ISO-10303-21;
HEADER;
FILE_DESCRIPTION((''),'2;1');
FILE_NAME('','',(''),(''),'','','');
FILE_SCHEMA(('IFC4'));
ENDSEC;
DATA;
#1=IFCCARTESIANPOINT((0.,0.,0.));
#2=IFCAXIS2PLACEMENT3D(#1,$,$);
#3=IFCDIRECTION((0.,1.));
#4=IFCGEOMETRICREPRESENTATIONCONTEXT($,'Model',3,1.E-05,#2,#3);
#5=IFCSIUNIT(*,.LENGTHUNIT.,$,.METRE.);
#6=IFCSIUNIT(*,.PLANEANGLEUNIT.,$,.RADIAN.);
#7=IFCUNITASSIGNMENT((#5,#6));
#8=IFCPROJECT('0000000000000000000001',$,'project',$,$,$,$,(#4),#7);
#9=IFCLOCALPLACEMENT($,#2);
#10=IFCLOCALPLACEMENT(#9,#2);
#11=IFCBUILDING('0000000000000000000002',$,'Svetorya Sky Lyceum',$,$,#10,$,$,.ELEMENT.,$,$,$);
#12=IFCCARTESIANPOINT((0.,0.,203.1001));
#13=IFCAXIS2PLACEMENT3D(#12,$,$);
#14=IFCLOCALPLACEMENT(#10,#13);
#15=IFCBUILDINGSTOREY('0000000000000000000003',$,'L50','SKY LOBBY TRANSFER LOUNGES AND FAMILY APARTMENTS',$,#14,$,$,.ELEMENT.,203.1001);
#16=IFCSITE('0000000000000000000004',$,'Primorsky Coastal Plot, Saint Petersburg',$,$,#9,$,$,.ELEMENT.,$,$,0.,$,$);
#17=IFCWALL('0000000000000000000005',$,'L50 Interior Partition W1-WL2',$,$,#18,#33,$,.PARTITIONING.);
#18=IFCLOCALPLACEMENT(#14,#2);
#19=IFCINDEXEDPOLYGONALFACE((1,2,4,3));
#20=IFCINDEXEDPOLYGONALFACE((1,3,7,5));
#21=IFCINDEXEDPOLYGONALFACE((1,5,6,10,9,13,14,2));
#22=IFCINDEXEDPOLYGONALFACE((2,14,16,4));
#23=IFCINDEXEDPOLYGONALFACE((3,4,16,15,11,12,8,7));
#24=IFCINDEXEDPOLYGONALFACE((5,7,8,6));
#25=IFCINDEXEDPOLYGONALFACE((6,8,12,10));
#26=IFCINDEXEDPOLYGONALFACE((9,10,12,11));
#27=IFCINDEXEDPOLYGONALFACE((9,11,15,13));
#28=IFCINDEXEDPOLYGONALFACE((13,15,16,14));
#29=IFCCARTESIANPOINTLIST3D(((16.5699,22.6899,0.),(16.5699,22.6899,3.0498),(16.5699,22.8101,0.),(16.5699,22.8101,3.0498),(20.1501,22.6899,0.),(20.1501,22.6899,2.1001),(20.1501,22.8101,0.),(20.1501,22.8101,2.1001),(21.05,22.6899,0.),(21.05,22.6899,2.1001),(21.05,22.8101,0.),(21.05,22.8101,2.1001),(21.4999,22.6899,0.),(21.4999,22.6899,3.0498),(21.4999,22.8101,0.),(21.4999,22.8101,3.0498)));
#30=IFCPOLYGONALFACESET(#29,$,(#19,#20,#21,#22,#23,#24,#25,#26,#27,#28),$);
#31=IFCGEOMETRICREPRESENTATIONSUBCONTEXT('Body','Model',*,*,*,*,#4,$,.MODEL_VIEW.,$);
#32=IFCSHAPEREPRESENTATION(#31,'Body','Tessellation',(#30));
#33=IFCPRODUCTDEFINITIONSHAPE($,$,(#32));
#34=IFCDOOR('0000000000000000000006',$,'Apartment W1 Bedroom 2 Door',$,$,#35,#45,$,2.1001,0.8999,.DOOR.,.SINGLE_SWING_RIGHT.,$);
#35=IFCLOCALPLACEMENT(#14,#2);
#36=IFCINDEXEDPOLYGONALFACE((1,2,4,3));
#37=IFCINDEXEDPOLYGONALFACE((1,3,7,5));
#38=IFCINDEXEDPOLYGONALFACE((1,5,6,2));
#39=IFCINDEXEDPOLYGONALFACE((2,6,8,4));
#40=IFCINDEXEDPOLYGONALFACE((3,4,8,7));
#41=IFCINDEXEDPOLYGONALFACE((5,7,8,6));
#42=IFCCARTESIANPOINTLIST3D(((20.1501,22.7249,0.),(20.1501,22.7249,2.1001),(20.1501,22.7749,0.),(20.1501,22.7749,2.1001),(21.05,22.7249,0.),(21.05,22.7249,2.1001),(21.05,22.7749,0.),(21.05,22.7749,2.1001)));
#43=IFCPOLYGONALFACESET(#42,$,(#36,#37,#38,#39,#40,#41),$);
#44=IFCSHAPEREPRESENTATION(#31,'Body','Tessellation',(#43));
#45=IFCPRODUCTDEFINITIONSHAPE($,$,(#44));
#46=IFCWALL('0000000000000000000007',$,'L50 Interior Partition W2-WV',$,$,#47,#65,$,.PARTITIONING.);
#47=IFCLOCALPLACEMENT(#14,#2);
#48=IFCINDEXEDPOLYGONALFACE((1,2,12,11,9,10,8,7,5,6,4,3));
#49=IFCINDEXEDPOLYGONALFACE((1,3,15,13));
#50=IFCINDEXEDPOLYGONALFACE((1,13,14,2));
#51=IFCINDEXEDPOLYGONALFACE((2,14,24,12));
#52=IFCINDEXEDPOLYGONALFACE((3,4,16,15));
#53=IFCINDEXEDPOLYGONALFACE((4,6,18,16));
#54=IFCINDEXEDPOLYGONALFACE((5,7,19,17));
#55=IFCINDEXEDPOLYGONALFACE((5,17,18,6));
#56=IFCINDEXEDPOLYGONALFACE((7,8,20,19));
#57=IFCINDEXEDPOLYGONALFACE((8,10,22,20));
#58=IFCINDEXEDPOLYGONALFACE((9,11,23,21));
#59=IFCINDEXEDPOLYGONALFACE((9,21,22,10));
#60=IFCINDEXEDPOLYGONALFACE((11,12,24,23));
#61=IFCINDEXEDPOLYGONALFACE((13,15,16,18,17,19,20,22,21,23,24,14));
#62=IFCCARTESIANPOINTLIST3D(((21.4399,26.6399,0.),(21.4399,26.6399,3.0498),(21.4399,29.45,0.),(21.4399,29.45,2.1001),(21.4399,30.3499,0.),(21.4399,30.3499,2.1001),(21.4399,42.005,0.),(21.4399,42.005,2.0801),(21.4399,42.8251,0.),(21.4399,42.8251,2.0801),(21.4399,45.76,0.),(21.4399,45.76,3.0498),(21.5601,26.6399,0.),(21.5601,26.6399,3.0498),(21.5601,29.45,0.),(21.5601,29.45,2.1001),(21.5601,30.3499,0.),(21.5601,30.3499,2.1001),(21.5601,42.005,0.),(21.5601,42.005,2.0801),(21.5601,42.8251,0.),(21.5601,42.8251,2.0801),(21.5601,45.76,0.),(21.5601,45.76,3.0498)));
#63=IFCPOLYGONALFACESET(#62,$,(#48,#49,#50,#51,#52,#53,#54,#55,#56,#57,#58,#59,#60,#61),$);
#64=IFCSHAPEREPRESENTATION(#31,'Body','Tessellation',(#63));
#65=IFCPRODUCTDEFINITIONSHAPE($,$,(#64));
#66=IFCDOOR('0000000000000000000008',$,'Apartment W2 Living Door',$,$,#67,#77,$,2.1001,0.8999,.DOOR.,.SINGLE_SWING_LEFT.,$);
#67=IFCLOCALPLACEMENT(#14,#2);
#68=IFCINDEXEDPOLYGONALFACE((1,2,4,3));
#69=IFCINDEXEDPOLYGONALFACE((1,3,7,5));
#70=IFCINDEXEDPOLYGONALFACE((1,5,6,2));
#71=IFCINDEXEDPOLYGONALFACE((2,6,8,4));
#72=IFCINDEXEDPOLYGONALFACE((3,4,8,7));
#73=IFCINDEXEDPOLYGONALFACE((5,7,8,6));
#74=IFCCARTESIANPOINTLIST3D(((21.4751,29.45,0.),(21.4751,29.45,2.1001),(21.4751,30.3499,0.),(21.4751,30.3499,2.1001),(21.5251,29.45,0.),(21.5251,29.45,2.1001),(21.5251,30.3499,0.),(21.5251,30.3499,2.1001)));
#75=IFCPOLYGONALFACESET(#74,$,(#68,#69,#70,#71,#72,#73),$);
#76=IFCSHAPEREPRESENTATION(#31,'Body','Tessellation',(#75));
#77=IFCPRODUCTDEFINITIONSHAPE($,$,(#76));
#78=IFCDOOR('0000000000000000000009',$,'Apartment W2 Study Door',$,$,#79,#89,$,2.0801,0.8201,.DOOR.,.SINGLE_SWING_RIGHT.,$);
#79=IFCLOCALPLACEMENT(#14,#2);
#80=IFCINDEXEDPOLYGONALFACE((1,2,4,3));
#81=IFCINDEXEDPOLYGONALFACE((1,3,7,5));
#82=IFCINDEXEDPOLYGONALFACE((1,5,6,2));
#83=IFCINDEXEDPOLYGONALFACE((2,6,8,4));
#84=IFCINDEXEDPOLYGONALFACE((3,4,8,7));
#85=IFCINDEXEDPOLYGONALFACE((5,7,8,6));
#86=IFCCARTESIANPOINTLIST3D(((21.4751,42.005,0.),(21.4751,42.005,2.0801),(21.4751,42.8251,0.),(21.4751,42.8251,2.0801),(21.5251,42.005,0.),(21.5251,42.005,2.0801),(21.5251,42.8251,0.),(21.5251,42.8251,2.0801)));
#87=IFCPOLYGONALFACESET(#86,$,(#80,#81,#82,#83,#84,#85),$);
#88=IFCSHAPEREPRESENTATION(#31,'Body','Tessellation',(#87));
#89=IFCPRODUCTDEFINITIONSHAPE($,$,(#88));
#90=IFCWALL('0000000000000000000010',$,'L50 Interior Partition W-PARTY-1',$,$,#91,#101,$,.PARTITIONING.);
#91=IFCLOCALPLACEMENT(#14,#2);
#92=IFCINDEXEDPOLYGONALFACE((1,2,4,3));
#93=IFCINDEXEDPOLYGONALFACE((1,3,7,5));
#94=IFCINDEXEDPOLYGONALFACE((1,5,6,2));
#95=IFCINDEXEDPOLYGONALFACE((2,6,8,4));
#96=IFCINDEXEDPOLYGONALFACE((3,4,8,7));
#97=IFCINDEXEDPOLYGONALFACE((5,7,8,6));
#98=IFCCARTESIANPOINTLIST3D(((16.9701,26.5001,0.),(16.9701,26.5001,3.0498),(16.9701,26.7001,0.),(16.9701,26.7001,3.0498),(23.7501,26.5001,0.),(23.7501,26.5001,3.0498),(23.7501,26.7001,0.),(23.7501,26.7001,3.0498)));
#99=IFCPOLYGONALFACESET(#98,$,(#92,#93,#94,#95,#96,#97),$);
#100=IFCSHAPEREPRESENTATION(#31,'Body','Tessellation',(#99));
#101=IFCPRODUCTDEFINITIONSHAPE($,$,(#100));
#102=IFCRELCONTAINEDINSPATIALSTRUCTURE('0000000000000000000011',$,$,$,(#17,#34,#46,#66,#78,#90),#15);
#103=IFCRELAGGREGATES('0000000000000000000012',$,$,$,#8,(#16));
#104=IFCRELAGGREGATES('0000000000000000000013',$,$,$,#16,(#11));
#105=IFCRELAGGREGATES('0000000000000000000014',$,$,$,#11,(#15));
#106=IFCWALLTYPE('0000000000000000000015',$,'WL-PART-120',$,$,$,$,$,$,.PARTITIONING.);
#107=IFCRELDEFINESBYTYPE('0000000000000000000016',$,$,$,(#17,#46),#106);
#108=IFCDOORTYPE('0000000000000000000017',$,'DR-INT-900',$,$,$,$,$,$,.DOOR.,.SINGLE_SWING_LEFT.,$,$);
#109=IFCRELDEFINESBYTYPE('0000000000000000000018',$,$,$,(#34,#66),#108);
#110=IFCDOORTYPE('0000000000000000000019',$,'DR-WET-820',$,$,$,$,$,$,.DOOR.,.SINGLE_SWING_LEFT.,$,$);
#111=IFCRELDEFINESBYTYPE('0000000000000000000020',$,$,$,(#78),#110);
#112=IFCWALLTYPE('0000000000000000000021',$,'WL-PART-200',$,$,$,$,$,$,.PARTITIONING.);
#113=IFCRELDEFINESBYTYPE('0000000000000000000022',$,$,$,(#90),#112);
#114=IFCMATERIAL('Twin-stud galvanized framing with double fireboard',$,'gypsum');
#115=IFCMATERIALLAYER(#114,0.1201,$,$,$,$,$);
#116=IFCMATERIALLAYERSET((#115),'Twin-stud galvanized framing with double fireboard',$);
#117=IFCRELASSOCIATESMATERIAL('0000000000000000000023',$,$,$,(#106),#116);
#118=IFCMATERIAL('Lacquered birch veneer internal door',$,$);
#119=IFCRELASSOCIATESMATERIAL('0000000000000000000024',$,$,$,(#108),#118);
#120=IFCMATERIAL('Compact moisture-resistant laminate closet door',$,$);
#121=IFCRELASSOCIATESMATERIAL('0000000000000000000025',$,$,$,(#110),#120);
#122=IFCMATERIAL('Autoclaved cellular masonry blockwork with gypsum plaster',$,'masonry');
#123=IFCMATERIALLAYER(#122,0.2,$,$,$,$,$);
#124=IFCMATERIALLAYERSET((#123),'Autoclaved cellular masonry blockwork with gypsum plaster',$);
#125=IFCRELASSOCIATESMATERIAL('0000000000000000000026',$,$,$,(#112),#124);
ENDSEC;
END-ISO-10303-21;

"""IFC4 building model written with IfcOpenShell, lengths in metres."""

from ifc_helpers import new_model, si_unit, direction, frame, frame_2d, origin, place, context, subcontext, project, spatial, rectangle, extrude, material, layer, layer_set, type_object, element, fill, save


model = new_model("IFC4")

# Units and contexts
model_context = context("Model", 3, precision=1e-05, world=origin(), true_north=direction((0.0, 1.0)))
body_context = subcontext(model_context, "Body", "Model", "MODEL_VIEW")
ifc_project = project(units=[si_unit("LENGTHUNIT", "METRE"), si_unit("PLANEANGLEUNIT", "RADIAN")], contexts=[model_context])

# Site, building, storey
site_placement = place(None, origin())
site = spatial("IfcSite", under=ifc_project, at=site_placement, Name="Primorsky Coastal Plot, Saint Petersburg", CompositionType="ELEMENT", RefElevation=0.0)
building_placement = place(site_placement, origin())
building = spatial("IfcBuilding", under=site, at=building_placement, Name="Svetorya Sky Lyceum", CompositionType="ELEMENT")
storey_placement = place(building_placement, frame((0.0, 0.0, 203.1001)))
storey = spatial("IfcBuildingStorey", under=building, at=storey_placement, Name="L50", Description="SKY LOBBY TRANSFER LOUNGES AND FAMILY APARTMENTS", CompositionType="ELEMENT", Elevation=203.1001)

# Wall, opening, door
ifc_material_1 = material(Name="Twin-stud galvanized framing with double fireboard", Category="gypsum")
ifc_layer_1 = layer(ifc_material_1, 0.1201)
ifc_layer_set_1 = layer_set([ifc_layer_1], Name="Twin-stud galvanized framing with double fireboard")
wall_type_1 = type_object("IfcWallType", Name="WL-PART-120", PredefinedType="PARTITIONING", material=ifc_layer_set_1)
wall_1_placement = place(storey_placement, frame((16.5701, 22.75, 0.0), z_axis=(0.0, 0.0, 1.0), x_axis=(1.0, 0.0, 0.0)))
wall_1 = element("IfcWall", 1, at=wall_1_placement, inside=storey, type_object=wall_type_1, Name="L50 Interior Partition W1-WL2", PredefinedType="PARTITIONING", context=body_context, shape_type="SweptSolid", body=[
    extrude(rectangle(XDim=4.9299, YDim=0.1201, at=frame_2d((2.4648, 0.0))), origin(), (0.0, 0.0, 1.0), 3.0498),
])
opening_1_placement = place(wall_1_placement, frame((3.5801, 0.0, 0.0)))
opening_1 = element("IfcOpeningElement", 2, at=opening_1_placement, cuts=wall_1, PredefinedType="OPENING", context=body_context, shape_type="SweptSolid", body=[
    extrude(rectangle(XDim=0.8999, YDim=2.1001, at=frame_2d((0.45, 1.05))), frame((0.0, 0.0701, 0.0), z_axis=(0.0, -1.0, 0.0), x_axis=(1.0, 0.0, 0.0)), (0.0, 0.0, 1.0), 0.1401),
])
ifc_material_2 = material(Name="Lacquered birch veneer internal door")
door_type_1 = type_object("IfcDoorType", Name="DR-INT-900", OperationType="SINGLE_SWING_LEFT", PredefinedType="DOOR", material=ifc_material_2)
door_1_placement = place(opening_1_placement, origin())
door_1 = element("IfcDoor", 3, at=door_1_placement, inside=storey, type_object=door_type_1, Name="Apartment W1 Bedroom 2 Door", OperationType="SINGLE_SWING_RIGHT", OverallHeight=2.1001, OverallWidth=0.8999, PredefinedType="DOOR", context=body_context, shape_type="SweptSolid", body=[
    extrude(rectangle(XDim=0.8999, YDim=2.1001, at=frame_2d((0.45, 1.05))), frame((0.0, 0.0249, 0.0), z_axis=(0.0, -1.0, 0.0), x_axis=(1.0, 0.0, 0.0)), (0.0, 0.0, 1.0), 0.05),
])
fill(opening_1, door_1)

# Wall, openings, doors
wall_2_placement = place(storey_placement, frame((21.5, 26.6399, 0.0), z_axis=(0.0, 0.0, 1.0), x_axis=(0.0, 1.0, 0.0)))
wall_2 = element("IfcWall", 4, at=wall_2_placement, inside=storey, type_object=wall_type_1, Name="L50 Interior Partition W2-WV", PredefinedType="PARTITIONING", context=body_context, shape_type="SweptSolid", body=[
    extrude(rectangle(XDim=19.1201, YDim=0.1201, at=frame_2d((9.5601, 0.0))), origin(), (0.0, 0.0, 1.0), 3.0498),
])
opening_2_placement = place(wall_2_placement, frame((2.8101, 0.0, 0.0)))
opening_2 = element("IfcOpeningElement", 5, at=opening_2_placement, cuts=wall_2, PredefinedType="OPENING", context=body_context, shape_type="SweptSolid", body=[
    extrude(rectangle(XDim=0.8999, YDim=2.1001, at=frame_2d((0.45, 1.05))), frame((0.0, 0.0701, 0.0), z_axis=(0.0, -1.0, 0.0), x_axis=(1.0, 0.0, 0.0)), (0.0, 0.0, 1.0), 0.1401),
])
opening_3_placement = place(wall_2_placement, frame((15.365, 0.0, 0.0)))
opening_3 = element("IfcOpeningElement", 6, at=opening_3_placement, cuts=wall_2, PredefinedType="OPENING", context=body_context, shape_type="SweptSolid", body=[
    extrude(rectangle(XDim=0.8201, YDim=2.0801, at=frame_2d((0.4102, 1.04))), frame((0.0, 0.0701, 0.0), z_axis=(0.0, -1.0, 0.0), x_axis=(1.0, 0.0, 0.0)), (0.0, 0.0, 1.0), 0.1401),
])
door_2_placement = place(opening_2_placement, origin())
door_2 = element("IfcDoor", 7, at=door_2_placement, inside=storey, type_object=door_type_1, Name="Apartment W2 Living Door", OperationType="SINGLE_SWING_LEFT", OverallHeight=2.1001, OverallWidth=0.8999, PredefinedType="DOOR", context=body_context, shape_type="SweptSolid", body=[
    extrude(rectangle(XDim=0.8999, YDim=2.1001, at=frame_2d((0.45, 1.05))), frame((0.0, 0.0249, 0.0), z_axis=(0.0, -1.0, 0.0), x_axis=(1.0, 0.0, 0.0)), (0.0, 0.0, 1.0), 0.05),
])
fill(opening_2, door_2)
ifc_material_3 = material(Name="Compact moisture-resistant laminate closet door")
door_type_2 = type_object("IfcDoorType", Name="DR-WET-820", OperationType="SINGLE_SWING_LEFT", PredefinedType="DOOR", material=ifc_material_3)
door_3_placement = place(opening_3_placement, origin())
door_3 = element("IfcDoor", 8, at=door_3_placement, inside=storey, type_object=door_type_2, Name="Apartment W2 Study Door", OperationType="SINGLE_SWING_RIGHT", OverallHeight=2.0801, OverallWidth=0.8201, PredefinedType="DOOR", context=body_context, shape_type="SweptSolid", body=[
    extrude(rectangle(XDim=0.8201, YDim=2.0801, at=frame_2d((0.4102, 1.04))), frame((0.0, 0.0249, 0.0), z_axis=(0.0, -1.0, 0.0), x_axis=(1.0, 0.0, 0.0)), (0.0, 0.0, 1.0), 0.05),
])
fill(opening_3, door_3)

# Wall
ifc_material_4 = material(Name="Autoclaved cellular masonry blockwork with gypsum plaster", Category="masonry")
ifc_layer_2 = layer(ifc_material_4, 0.2)
ifc_layer_set_2 = layer_set([ifc_layer_2], Name="Autoclaved cellular masonry blockwork with gypsum plaster")
wall_type_2 = type_object("IfcWallType", Name="WL-PART-200", PredefinedType="PARTITIONING", material=ifc_layer_set_2)
wall_3_placement = place(storey_placement, frame((16.97, 26.6001, 0.0), z_axis=(0.0, 0.0, 1.0), x_axis=(1.0, 0.0, 0.0)))
element("IfcWall", 9, at=wall_3_placement, inside=storey, type_object=wall_type_2, Name="L50 Interior Partition W-PARTY-1", PredefinedType="PARTITIONING", context=body_context, shape_type="SweptSolid", body=[
    extrude(rectangle(XDim=6.78, YDim=0.2, at=frame_2d((3.3901, 0.0))), origin(), (0.0, 0.0, 1.0), 3.0498),
])

save(model, "model.ifc")
